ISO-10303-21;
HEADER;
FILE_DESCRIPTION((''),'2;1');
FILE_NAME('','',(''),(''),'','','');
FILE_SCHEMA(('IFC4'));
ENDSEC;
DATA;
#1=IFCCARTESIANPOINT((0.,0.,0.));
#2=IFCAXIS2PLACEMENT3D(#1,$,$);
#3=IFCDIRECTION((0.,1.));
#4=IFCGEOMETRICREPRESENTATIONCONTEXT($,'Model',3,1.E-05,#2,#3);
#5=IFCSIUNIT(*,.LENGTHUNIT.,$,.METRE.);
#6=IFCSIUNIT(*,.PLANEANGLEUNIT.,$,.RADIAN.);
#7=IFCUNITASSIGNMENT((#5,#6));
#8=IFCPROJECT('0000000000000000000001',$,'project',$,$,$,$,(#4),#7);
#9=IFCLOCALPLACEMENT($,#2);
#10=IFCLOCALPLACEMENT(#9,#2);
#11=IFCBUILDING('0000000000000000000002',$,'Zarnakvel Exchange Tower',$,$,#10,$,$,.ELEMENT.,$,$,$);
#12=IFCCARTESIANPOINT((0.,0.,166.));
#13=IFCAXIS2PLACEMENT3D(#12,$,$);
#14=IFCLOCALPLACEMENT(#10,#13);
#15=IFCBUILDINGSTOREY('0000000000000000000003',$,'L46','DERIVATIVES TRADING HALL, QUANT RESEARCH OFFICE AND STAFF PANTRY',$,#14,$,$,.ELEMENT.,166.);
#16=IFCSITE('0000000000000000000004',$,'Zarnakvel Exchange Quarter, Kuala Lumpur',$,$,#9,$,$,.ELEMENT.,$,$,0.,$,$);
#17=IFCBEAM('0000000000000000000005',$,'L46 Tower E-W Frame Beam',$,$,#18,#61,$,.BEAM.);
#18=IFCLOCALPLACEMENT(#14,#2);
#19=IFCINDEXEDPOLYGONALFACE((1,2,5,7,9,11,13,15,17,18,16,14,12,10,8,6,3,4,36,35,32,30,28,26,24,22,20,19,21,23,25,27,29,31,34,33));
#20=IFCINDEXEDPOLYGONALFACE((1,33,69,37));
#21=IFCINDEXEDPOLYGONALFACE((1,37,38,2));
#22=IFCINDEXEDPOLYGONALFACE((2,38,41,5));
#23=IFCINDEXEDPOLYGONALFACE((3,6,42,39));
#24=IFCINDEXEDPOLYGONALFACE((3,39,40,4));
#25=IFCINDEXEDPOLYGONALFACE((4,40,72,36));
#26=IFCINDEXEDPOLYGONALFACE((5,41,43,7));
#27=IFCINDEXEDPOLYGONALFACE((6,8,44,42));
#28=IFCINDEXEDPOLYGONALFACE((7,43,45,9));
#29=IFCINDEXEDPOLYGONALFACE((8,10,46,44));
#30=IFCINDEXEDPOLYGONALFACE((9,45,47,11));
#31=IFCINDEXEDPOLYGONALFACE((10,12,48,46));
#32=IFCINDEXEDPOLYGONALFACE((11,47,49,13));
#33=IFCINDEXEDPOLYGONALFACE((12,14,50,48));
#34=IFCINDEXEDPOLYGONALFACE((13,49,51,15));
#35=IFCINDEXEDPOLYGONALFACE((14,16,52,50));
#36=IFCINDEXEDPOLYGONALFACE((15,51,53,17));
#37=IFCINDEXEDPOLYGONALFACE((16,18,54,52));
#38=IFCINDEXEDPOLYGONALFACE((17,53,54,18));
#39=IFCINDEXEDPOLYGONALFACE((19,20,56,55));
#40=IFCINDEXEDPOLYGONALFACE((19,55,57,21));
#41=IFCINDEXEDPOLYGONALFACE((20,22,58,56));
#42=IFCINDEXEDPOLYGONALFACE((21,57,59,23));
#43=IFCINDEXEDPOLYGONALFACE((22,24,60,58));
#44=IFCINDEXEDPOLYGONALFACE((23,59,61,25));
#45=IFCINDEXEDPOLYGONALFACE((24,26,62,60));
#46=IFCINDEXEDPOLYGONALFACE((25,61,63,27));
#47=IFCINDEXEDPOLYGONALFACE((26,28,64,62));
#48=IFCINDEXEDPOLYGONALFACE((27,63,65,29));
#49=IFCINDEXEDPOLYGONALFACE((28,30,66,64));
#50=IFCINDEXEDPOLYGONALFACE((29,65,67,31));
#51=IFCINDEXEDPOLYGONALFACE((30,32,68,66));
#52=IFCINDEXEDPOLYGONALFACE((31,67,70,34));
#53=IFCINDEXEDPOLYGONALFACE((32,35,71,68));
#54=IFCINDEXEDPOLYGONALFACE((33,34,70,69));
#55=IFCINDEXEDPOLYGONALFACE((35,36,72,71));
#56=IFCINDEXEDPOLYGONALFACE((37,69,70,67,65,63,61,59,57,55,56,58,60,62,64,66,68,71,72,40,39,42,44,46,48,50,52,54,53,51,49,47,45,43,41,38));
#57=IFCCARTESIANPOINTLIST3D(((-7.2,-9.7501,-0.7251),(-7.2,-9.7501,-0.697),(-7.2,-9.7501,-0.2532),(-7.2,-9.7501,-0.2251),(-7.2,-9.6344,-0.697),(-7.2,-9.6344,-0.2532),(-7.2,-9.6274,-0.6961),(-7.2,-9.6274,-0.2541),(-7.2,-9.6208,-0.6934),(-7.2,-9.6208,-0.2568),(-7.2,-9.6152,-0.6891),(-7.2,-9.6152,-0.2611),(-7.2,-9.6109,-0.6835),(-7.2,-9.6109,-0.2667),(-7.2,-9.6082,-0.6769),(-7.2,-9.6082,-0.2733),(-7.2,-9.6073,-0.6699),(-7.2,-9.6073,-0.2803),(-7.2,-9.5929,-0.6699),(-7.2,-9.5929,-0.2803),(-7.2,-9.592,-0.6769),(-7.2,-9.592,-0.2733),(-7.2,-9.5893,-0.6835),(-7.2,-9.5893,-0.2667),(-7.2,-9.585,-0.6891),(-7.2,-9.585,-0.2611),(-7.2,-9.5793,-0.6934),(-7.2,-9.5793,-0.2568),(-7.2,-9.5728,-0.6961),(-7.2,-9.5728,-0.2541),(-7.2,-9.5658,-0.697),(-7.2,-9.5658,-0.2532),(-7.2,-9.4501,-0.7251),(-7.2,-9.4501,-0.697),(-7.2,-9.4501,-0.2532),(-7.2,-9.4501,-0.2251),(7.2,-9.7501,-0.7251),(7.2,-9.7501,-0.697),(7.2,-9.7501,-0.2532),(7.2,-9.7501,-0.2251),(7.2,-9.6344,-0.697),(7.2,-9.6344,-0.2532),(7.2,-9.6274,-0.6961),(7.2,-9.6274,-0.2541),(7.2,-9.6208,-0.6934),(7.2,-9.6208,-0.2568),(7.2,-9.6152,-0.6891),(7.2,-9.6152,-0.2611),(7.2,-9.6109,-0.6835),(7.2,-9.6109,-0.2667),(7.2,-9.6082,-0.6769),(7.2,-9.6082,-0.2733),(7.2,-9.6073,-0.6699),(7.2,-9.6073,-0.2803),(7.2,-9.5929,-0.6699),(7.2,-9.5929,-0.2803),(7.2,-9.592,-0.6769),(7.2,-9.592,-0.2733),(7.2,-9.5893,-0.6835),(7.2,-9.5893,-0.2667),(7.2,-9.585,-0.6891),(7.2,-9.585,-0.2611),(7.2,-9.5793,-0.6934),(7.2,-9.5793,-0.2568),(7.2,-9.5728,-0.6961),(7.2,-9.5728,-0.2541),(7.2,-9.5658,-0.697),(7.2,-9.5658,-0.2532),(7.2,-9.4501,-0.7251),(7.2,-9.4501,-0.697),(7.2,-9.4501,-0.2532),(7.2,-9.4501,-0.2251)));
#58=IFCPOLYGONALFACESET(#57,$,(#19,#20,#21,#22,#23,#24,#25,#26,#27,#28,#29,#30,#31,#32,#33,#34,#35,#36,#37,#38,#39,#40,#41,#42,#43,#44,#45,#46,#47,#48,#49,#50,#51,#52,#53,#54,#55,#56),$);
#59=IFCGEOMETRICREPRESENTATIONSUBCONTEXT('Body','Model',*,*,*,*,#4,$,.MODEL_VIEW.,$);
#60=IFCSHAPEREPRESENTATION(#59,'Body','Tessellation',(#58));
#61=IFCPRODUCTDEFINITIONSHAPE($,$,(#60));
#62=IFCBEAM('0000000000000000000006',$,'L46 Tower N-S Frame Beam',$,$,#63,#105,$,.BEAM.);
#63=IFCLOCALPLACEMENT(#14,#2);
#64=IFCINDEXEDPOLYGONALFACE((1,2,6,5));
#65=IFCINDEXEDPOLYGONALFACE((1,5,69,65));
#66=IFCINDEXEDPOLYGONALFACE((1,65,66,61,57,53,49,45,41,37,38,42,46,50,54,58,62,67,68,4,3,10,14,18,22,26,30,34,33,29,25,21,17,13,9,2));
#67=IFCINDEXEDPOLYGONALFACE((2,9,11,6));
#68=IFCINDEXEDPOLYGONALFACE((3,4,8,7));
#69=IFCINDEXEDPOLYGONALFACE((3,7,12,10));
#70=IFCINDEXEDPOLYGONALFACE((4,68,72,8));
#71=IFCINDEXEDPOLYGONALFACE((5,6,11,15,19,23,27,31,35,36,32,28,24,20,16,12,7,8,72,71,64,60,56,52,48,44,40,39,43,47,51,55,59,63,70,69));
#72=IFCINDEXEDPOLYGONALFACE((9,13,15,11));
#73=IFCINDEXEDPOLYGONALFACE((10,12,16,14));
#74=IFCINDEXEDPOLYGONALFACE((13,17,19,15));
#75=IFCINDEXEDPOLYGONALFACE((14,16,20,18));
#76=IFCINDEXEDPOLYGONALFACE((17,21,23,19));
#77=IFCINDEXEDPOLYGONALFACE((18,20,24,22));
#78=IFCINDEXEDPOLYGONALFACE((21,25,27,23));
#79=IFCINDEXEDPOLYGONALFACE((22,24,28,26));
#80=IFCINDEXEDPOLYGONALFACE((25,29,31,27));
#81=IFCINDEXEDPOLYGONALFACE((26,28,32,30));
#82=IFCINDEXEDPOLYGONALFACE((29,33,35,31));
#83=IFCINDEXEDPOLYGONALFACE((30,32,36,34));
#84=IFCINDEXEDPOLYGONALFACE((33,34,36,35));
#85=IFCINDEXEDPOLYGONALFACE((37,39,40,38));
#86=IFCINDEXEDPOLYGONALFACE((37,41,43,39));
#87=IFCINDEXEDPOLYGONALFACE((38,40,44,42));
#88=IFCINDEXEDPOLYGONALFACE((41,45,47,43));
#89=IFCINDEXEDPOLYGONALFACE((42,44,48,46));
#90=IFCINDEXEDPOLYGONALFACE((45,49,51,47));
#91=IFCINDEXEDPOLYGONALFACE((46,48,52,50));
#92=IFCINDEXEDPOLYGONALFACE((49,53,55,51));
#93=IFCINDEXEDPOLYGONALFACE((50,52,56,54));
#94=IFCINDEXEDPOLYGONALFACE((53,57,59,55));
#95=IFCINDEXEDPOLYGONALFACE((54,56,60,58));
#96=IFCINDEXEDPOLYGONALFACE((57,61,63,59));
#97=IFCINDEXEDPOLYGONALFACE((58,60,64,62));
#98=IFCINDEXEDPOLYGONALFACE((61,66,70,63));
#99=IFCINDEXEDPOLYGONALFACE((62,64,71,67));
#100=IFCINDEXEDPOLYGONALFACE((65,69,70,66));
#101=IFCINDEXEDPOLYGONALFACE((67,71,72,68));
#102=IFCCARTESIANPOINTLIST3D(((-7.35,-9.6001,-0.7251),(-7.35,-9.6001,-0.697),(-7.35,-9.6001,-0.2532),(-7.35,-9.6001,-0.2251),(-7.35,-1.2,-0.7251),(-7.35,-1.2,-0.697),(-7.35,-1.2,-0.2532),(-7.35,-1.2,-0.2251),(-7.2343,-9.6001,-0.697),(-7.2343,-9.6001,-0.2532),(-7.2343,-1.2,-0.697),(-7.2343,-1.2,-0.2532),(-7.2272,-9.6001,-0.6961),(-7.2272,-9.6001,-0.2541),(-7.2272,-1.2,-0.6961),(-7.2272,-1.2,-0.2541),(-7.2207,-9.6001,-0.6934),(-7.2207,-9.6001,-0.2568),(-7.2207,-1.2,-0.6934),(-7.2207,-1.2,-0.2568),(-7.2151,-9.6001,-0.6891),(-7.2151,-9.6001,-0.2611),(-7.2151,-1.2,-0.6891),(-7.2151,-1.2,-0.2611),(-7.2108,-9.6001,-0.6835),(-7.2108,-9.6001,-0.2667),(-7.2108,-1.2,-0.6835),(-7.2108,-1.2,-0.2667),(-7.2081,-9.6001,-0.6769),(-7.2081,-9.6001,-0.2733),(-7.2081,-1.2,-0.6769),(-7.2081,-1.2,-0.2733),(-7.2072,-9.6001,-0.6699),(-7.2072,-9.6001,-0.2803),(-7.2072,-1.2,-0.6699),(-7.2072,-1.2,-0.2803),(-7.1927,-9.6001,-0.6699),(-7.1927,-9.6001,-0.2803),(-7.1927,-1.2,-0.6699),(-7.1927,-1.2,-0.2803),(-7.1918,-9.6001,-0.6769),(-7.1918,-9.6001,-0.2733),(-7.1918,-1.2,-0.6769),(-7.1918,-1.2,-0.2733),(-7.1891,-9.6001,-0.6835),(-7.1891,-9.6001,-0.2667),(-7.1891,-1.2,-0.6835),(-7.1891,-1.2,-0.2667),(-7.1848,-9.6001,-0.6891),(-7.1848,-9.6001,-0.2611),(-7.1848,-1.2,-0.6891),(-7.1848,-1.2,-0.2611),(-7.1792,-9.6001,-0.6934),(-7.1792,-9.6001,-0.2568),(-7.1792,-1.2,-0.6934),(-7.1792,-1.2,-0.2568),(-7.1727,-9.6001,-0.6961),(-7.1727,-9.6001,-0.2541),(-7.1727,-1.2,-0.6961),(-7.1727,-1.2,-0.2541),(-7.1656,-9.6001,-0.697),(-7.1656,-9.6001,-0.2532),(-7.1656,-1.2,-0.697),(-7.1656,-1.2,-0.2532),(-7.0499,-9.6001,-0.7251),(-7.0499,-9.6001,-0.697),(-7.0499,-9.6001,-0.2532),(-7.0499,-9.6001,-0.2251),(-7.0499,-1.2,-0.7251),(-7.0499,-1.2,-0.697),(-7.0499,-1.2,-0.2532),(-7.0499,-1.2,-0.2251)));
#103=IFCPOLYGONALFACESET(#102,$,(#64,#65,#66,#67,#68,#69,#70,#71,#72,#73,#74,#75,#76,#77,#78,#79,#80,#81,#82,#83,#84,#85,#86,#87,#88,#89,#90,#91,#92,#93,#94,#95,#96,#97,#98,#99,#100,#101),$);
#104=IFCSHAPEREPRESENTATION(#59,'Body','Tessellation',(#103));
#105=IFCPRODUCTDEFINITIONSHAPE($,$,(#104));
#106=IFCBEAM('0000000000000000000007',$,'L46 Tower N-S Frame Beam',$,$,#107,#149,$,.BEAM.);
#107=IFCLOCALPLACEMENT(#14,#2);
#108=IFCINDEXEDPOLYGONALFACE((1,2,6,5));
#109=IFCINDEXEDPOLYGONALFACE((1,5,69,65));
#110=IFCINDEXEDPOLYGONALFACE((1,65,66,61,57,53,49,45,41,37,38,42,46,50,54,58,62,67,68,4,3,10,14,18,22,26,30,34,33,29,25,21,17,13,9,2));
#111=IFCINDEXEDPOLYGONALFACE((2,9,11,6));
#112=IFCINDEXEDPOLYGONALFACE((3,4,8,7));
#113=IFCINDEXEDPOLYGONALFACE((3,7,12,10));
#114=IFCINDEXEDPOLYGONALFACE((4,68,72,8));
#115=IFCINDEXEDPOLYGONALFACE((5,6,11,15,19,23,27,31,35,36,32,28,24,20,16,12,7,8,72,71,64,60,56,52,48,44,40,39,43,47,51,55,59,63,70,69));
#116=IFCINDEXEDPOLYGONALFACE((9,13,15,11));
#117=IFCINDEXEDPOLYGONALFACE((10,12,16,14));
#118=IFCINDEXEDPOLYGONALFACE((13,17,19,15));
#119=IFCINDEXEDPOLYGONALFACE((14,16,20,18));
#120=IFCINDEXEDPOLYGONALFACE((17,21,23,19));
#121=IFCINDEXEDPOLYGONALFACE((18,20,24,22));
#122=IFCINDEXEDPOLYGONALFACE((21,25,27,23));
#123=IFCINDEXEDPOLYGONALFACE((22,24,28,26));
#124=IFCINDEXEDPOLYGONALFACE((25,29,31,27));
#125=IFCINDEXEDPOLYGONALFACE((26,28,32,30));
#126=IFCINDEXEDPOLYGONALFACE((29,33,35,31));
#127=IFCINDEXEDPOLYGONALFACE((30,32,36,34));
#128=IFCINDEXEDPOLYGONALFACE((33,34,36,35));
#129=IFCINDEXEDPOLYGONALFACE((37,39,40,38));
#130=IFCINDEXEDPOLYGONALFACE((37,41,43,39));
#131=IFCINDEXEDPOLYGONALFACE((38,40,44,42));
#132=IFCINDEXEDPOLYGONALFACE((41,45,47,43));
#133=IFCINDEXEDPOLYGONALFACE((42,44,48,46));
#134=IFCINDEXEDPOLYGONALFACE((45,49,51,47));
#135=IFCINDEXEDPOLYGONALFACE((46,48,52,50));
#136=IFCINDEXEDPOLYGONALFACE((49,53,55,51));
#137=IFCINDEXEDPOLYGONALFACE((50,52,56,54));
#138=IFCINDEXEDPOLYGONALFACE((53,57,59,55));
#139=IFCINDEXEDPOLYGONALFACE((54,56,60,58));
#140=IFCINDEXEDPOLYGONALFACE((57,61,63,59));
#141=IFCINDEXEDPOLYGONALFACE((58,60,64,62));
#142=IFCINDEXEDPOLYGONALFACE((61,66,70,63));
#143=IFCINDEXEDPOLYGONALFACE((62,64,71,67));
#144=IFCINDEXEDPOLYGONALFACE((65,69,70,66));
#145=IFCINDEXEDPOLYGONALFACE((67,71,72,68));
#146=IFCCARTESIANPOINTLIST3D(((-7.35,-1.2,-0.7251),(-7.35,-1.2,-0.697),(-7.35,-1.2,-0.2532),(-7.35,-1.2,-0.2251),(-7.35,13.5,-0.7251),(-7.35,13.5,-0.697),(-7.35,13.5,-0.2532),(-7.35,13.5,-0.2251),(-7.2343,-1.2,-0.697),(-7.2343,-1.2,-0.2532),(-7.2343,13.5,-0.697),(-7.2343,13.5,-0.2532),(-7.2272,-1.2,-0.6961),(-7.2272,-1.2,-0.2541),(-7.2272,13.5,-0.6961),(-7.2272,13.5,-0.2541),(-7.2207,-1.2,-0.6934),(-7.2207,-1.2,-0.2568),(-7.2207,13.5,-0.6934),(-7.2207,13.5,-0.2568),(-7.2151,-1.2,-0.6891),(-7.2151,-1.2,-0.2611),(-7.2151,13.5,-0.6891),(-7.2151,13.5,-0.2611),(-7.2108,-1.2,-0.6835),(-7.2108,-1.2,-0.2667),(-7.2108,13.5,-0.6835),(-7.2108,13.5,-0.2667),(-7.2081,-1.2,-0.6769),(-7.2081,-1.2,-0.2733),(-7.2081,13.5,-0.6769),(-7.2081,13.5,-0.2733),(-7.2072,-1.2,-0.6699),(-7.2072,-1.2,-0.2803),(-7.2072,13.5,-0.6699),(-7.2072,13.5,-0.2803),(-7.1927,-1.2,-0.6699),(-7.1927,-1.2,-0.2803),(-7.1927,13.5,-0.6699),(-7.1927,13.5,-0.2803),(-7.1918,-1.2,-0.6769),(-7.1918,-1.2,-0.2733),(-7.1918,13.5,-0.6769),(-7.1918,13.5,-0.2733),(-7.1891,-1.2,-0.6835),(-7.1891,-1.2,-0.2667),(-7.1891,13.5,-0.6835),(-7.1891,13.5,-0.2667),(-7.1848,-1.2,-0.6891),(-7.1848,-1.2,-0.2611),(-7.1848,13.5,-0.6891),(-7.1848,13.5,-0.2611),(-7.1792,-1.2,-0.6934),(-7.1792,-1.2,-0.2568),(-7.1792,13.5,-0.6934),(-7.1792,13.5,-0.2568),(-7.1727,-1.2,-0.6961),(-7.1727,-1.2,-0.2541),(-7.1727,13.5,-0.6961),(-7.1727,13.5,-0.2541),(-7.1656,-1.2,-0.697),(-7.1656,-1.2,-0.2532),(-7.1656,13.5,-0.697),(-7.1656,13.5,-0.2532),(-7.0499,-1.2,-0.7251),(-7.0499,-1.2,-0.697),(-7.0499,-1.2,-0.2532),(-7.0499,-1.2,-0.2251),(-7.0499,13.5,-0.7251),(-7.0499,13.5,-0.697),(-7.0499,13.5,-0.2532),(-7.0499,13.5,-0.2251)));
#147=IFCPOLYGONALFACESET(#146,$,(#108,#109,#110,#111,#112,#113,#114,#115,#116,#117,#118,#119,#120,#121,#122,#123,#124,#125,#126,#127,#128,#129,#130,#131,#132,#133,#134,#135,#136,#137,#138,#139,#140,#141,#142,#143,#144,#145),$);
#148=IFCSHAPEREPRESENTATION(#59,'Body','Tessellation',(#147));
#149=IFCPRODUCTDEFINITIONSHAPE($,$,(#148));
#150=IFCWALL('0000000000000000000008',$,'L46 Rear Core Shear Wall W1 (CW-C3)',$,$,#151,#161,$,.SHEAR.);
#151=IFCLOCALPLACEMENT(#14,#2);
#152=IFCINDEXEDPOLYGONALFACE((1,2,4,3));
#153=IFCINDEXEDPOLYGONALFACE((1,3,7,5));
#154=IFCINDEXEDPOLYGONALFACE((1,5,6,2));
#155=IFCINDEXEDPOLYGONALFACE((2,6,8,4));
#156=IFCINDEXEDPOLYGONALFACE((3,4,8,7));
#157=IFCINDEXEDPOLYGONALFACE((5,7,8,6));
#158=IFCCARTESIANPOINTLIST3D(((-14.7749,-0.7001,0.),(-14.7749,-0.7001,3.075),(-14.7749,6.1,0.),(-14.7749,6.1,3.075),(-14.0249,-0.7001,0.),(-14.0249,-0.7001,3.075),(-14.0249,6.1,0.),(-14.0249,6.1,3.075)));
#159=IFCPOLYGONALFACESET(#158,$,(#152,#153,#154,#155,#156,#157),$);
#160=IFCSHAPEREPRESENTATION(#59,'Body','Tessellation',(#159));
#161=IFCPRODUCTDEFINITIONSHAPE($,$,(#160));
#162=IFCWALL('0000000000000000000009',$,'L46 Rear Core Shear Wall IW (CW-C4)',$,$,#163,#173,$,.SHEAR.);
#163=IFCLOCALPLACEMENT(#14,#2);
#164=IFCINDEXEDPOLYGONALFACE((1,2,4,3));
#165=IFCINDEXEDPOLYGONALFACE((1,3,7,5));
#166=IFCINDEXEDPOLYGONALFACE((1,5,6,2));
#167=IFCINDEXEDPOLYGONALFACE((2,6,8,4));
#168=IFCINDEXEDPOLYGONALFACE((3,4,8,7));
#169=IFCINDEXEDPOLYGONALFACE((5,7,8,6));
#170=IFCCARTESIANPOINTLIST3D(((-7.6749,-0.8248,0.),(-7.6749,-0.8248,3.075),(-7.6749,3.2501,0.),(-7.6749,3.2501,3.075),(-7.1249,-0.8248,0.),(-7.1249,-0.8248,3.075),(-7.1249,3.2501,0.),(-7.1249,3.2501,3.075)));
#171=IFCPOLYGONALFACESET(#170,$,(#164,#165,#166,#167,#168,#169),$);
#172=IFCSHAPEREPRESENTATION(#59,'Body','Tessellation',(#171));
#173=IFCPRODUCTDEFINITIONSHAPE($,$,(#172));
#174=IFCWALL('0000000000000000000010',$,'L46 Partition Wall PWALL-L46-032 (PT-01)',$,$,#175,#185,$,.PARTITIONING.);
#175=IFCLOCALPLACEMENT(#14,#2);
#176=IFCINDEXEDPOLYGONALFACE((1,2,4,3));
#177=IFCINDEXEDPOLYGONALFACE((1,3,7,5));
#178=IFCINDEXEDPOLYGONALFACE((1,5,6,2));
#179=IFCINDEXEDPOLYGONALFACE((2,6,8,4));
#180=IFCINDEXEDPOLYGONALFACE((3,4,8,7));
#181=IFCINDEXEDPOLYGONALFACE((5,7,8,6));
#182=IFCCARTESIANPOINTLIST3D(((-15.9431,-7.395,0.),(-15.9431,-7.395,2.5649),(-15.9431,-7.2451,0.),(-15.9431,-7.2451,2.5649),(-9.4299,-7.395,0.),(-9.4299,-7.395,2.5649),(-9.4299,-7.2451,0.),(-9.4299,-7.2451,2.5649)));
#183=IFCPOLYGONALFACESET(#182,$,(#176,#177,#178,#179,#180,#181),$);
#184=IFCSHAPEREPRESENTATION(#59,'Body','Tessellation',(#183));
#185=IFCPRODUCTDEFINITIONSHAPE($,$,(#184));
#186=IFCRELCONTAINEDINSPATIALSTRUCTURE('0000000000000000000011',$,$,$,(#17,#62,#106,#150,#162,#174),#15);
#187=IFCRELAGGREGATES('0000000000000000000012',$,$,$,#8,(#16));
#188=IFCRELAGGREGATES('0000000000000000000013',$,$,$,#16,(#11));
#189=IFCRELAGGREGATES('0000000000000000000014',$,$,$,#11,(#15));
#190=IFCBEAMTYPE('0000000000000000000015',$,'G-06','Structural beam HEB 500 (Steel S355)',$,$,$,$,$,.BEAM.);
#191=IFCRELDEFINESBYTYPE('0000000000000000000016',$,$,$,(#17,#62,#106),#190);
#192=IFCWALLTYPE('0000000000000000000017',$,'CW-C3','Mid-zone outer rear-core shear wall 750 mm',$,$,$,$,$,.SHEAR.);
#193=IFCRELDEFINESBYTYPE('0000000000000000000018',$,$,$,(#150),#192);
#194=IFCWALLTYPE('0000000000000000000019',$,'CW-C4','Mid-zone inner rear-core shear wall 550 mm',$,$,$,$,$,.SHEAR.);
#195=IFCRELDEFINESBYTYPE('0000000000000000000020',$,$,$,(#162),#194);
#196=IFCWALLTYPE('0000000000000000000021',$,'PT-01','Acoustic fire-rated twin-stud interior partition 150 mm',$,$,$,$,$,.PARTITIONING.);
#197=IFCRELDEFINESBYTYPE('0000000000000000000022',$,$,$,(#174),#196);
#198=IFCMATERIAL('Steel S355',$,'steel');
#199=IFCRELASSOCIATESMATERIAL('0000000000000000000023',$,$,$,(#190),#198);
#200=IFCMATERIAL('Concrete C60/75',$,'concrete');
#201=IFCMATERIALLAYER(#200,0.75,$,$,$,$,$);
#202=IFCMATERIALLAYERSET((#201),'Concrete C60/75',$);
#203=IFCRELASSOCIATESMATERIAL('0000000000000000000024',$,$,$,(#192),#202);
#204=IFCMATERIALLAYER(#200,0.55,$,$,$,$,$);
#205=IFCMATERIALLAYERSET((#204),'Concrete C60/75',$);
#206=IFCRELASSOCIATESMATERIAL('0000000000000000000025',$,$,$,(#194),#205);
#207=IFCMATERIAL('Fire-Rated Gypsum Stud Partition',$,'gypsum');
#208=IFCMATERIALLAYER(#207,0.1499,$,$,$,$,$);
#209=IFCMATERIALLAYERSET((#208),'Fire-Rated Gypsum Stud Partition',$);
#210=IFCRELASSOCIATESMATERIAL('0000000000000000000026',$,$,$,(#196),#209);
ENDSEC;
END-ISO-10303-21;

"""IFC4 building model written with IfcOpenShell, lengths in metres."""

from ifc_helpers import new_model, si_unit, direction, frame, frame_2d, origin, origin_2d, place, context, subcontext, project, spatial, rectangle, i_section, extrude, material, layer, layer_set, material_profile, profile_set, type_object, element, save


model = new_model("IFC4")

# Units and contexts
model_context = context("Model", 3, precision=1e-05, world=origin(), true_north=direction((0.0, 1.0)))
body_context = subcontext(model_context, "Body", "Model", "MODEL_VIEW")
ifc_project = project(units=[si_unit("LENGTHUNIT", "METRE"), si_unit("PLANEANGLEUNIT", "RADIAN")], contexts=[model_context])

# Site, building, storey
site_placement = place(None, origin())
site = spatial("IfcSite", under=ifc_project, at=site_placement, Name="Zarnakvel Exchange Quarter, Kuala Lumpur", CompositionType="ELEMENT", RefElevation=0.0)
building_placement = place(site_placement, origin())
building = spatial("IfcBuilding", under=site, at=building_placement, Name="Zarnakvel Exchange Tower", CompositionType="ELEMENT")
storey_placement = place(building_placement, frame((0.0, 0.0, 166.0)))
storey = spatial("IfcBuildingStorey", under=building, at=storey_placement, Name="L46", Description="DERIVATIVES TRADING HALL, QUANT RESEARCH OFFICE AND STAFF PANTRY", CompositionType="ELEMENT", Elevation=166.0)

# Shared definitions
ifc_material_1 = material(Name="Concrete C60/75", Category="concrete")

# Beams
ifc_material_2 = material(Name="Steel S355", Category="steel")
ifc_material_profile_1 = material_profile(ifc_material_2, i_section(OverallWidth=0.3, OverallDepth=0.5, WebThickness=0.0144, FlangeThickness=0.0281, FilletRadius=0.0271, at=origin_2d()))
ifc_profile_set_1 = profile_set([ifc_material_profile_1], Name="Steel S355")
beam_type_1 = type_object("IfcBeamType", Name="G-06", Description="Structural beam HEB 500 (Steel S355)", PredefinedType="BEAM", material=ifc_profile_set_1)
beam_1_placement = place(storey_placement, frame((-7.2, -9.6001, -0.4751), z_axis=(1.0, 0.0, 0.0), x_axis=(0.0, 1.0, 0.0)))
element("IfcBeam", 1, at=beam_1_placement, inside=storey, type_object=beam_type_1, Name="L46 Tower E-W Frame Beam", PredefinedType="BEAM", context=body_context, shape_type="SweptSolid", body=[
    extrude(i_section(OverallWidth=0.3, OverallDepth=0.5, WebThickness=0.0144, FlangeThickness=0.0281, FilletRadius=0.0271, at=origin_2d()), origin(), (0.0, 0.0, 1.0), 14.3999),
])
beam_2_placement = place(storey_placement, frame((-7.2, -9.6001, -0.4751), z_axis=(0.0, 1.0, 0.0), x_axis=(-1.0, 0.0, 0.0)))
element("IfcBeam", 2, at=beam_2_placement, inside=storey, type_object=beam_type_1, Name="L46 Tower N-S Frame Beam", PredefinedType="BEAM", context=body_context, shape_type="SweptSolid", body=[
    extrude(i_section(OverallWidth=0.3, OverallDepth=0.5, WebThickness=0.0144, FlangeThickness=0.0281, FilletRadius=0.0271, at=origin_2d()), origin(), (0.0, 0.0, 1.0), 8.4001),
])
beam_3_placement = place(storey_placement, frame((-7.2, -1.2, -0.4751), z_axis=(0.0, 1.0, 0.0), x_axis=(-1.0, 0.0, 0.0)))
element("IfcBeam", 3, at=beam_3_placement, inside=storey, type_object=beam_type_1, Name="L46 Tower N-S Frame Beam", PredefinedType="BEAM", context=body_context, shape_type="SweptSolid", body=[
    extrude(i_section(OverallWidth=0.3, OverallDepth=0.5, WebThickness=0.0144, FlangeThickness=0.0281, FilletRadius=0.0271, at=origin_2d()), origin(), (0.0, 0.0, 1.0), 14.7),
])

# Wall
ifc_layer_1 = layer(ifc_material_1, 0.75)
ifc_layer_set_1 = layer_set([ifc_layer_1], Name="Concrete C60/75")
wall_type_1 = type_object("IfcWallType", Name="CW-C3", Description="Mid-zone outer rear-core shear wall 750 mm", PredefinedType="SHEAR", material=ifc_layer_set_1)
wall_1_placement = place(storey_placement, frame((-14.3999, -0.7, 0.0), z_axis=(0.0, 0.0, 1.0), x_axis=(0.0, 1.0, 0.0)))
element("IfcWall", 4, at=wall_1_placement, inside=storey, type_object=wall_type_1, Name="L46 Rear Core Shear Wall W1 (CW-C3)", PredefinedType="SHEAR", context=body_context, shape_type="SweptSolid", body=[
    extrude(rectangle(XDim=6.8, YDim=0.75, at=frame_2d((3.3999, 0.0))), origin(), (0.0, 0.0, 1.0), 3.075),
])

# Walls
ifc_layer_2 = layer(ifc_material_1, 0.55)
ifc_layer_set_2 = layer_set([ifc_layer_2], Name="Concrete C60/75")
wall_type_2 = type_object("IfcWallType", Name="CW-C4", Description="Mid-zone inner rear-core shear wall 550 mm", PredefinedType="SHEAR", material=ifc_layer_set_2)
wall_2_placement = place(storey_placement, frame((-7.3999, -0.825, 0.0), z_axis=(0.0, 0.0, 1.0), x_axis=(0.0, 1.0, 0.0)))
element("IfcWall", 5, at=wall_2_placement, inside=storey, type_object=wall_type_2, Name="L46 Rear Core Shear Wall IW (CW-C4)", PredefinedType="SHEAR", context=body_context, shape_type="SweptSolid", body=[
    extrude(rectangle(XDim=4.075, YDim=0.55, at=frame_2d((2.0376, 0.0))), origin(), (0.0, 0.0, 1.0), 3.075),
])
ifc_material_3 = material(Name="Fire-Rated Gypsum Stud Partition", Category="gypsum")
ifc_layer_3 = layer(ifc_material_3, 0.1499)
ifc_layer_set_3 = layer_set([ifc_layer_3], Name="Fire-Rated Gypsum Stud Partition")
wall_type_3 = type_object("IfcWallType", Name="PT-01", Description="Acoustic fire-rated twin-stud interior partition 150 mm", PredefinedType="PARTITIONING", material=ifc_layer_set_3)
wall_3_placement = place(storey_placement, frame((-9.4299, -7.3201, 0.0), z_axis=(0.0, 0.0, 1.0), x_axis=(-1.0, 0.0, 0.0)))
element("IfcWall", 6, at=wall_3_placement, inside=storey, type_object=wall_type_3, Name="L46 Partition Wall PWALL-L46-032 (PT-01)", PredefinedType="PARTITIONING", context=body_context, shape_type="SweptSolid", body=[
    extrude(rectangle(XDim=6.5132, YDim=0.1499, at=frame_2d((3.2566, 0.0))), origin(), (0.0, 0.0, 1.0), 2.5649),
])

save(model, "model.ifc")
